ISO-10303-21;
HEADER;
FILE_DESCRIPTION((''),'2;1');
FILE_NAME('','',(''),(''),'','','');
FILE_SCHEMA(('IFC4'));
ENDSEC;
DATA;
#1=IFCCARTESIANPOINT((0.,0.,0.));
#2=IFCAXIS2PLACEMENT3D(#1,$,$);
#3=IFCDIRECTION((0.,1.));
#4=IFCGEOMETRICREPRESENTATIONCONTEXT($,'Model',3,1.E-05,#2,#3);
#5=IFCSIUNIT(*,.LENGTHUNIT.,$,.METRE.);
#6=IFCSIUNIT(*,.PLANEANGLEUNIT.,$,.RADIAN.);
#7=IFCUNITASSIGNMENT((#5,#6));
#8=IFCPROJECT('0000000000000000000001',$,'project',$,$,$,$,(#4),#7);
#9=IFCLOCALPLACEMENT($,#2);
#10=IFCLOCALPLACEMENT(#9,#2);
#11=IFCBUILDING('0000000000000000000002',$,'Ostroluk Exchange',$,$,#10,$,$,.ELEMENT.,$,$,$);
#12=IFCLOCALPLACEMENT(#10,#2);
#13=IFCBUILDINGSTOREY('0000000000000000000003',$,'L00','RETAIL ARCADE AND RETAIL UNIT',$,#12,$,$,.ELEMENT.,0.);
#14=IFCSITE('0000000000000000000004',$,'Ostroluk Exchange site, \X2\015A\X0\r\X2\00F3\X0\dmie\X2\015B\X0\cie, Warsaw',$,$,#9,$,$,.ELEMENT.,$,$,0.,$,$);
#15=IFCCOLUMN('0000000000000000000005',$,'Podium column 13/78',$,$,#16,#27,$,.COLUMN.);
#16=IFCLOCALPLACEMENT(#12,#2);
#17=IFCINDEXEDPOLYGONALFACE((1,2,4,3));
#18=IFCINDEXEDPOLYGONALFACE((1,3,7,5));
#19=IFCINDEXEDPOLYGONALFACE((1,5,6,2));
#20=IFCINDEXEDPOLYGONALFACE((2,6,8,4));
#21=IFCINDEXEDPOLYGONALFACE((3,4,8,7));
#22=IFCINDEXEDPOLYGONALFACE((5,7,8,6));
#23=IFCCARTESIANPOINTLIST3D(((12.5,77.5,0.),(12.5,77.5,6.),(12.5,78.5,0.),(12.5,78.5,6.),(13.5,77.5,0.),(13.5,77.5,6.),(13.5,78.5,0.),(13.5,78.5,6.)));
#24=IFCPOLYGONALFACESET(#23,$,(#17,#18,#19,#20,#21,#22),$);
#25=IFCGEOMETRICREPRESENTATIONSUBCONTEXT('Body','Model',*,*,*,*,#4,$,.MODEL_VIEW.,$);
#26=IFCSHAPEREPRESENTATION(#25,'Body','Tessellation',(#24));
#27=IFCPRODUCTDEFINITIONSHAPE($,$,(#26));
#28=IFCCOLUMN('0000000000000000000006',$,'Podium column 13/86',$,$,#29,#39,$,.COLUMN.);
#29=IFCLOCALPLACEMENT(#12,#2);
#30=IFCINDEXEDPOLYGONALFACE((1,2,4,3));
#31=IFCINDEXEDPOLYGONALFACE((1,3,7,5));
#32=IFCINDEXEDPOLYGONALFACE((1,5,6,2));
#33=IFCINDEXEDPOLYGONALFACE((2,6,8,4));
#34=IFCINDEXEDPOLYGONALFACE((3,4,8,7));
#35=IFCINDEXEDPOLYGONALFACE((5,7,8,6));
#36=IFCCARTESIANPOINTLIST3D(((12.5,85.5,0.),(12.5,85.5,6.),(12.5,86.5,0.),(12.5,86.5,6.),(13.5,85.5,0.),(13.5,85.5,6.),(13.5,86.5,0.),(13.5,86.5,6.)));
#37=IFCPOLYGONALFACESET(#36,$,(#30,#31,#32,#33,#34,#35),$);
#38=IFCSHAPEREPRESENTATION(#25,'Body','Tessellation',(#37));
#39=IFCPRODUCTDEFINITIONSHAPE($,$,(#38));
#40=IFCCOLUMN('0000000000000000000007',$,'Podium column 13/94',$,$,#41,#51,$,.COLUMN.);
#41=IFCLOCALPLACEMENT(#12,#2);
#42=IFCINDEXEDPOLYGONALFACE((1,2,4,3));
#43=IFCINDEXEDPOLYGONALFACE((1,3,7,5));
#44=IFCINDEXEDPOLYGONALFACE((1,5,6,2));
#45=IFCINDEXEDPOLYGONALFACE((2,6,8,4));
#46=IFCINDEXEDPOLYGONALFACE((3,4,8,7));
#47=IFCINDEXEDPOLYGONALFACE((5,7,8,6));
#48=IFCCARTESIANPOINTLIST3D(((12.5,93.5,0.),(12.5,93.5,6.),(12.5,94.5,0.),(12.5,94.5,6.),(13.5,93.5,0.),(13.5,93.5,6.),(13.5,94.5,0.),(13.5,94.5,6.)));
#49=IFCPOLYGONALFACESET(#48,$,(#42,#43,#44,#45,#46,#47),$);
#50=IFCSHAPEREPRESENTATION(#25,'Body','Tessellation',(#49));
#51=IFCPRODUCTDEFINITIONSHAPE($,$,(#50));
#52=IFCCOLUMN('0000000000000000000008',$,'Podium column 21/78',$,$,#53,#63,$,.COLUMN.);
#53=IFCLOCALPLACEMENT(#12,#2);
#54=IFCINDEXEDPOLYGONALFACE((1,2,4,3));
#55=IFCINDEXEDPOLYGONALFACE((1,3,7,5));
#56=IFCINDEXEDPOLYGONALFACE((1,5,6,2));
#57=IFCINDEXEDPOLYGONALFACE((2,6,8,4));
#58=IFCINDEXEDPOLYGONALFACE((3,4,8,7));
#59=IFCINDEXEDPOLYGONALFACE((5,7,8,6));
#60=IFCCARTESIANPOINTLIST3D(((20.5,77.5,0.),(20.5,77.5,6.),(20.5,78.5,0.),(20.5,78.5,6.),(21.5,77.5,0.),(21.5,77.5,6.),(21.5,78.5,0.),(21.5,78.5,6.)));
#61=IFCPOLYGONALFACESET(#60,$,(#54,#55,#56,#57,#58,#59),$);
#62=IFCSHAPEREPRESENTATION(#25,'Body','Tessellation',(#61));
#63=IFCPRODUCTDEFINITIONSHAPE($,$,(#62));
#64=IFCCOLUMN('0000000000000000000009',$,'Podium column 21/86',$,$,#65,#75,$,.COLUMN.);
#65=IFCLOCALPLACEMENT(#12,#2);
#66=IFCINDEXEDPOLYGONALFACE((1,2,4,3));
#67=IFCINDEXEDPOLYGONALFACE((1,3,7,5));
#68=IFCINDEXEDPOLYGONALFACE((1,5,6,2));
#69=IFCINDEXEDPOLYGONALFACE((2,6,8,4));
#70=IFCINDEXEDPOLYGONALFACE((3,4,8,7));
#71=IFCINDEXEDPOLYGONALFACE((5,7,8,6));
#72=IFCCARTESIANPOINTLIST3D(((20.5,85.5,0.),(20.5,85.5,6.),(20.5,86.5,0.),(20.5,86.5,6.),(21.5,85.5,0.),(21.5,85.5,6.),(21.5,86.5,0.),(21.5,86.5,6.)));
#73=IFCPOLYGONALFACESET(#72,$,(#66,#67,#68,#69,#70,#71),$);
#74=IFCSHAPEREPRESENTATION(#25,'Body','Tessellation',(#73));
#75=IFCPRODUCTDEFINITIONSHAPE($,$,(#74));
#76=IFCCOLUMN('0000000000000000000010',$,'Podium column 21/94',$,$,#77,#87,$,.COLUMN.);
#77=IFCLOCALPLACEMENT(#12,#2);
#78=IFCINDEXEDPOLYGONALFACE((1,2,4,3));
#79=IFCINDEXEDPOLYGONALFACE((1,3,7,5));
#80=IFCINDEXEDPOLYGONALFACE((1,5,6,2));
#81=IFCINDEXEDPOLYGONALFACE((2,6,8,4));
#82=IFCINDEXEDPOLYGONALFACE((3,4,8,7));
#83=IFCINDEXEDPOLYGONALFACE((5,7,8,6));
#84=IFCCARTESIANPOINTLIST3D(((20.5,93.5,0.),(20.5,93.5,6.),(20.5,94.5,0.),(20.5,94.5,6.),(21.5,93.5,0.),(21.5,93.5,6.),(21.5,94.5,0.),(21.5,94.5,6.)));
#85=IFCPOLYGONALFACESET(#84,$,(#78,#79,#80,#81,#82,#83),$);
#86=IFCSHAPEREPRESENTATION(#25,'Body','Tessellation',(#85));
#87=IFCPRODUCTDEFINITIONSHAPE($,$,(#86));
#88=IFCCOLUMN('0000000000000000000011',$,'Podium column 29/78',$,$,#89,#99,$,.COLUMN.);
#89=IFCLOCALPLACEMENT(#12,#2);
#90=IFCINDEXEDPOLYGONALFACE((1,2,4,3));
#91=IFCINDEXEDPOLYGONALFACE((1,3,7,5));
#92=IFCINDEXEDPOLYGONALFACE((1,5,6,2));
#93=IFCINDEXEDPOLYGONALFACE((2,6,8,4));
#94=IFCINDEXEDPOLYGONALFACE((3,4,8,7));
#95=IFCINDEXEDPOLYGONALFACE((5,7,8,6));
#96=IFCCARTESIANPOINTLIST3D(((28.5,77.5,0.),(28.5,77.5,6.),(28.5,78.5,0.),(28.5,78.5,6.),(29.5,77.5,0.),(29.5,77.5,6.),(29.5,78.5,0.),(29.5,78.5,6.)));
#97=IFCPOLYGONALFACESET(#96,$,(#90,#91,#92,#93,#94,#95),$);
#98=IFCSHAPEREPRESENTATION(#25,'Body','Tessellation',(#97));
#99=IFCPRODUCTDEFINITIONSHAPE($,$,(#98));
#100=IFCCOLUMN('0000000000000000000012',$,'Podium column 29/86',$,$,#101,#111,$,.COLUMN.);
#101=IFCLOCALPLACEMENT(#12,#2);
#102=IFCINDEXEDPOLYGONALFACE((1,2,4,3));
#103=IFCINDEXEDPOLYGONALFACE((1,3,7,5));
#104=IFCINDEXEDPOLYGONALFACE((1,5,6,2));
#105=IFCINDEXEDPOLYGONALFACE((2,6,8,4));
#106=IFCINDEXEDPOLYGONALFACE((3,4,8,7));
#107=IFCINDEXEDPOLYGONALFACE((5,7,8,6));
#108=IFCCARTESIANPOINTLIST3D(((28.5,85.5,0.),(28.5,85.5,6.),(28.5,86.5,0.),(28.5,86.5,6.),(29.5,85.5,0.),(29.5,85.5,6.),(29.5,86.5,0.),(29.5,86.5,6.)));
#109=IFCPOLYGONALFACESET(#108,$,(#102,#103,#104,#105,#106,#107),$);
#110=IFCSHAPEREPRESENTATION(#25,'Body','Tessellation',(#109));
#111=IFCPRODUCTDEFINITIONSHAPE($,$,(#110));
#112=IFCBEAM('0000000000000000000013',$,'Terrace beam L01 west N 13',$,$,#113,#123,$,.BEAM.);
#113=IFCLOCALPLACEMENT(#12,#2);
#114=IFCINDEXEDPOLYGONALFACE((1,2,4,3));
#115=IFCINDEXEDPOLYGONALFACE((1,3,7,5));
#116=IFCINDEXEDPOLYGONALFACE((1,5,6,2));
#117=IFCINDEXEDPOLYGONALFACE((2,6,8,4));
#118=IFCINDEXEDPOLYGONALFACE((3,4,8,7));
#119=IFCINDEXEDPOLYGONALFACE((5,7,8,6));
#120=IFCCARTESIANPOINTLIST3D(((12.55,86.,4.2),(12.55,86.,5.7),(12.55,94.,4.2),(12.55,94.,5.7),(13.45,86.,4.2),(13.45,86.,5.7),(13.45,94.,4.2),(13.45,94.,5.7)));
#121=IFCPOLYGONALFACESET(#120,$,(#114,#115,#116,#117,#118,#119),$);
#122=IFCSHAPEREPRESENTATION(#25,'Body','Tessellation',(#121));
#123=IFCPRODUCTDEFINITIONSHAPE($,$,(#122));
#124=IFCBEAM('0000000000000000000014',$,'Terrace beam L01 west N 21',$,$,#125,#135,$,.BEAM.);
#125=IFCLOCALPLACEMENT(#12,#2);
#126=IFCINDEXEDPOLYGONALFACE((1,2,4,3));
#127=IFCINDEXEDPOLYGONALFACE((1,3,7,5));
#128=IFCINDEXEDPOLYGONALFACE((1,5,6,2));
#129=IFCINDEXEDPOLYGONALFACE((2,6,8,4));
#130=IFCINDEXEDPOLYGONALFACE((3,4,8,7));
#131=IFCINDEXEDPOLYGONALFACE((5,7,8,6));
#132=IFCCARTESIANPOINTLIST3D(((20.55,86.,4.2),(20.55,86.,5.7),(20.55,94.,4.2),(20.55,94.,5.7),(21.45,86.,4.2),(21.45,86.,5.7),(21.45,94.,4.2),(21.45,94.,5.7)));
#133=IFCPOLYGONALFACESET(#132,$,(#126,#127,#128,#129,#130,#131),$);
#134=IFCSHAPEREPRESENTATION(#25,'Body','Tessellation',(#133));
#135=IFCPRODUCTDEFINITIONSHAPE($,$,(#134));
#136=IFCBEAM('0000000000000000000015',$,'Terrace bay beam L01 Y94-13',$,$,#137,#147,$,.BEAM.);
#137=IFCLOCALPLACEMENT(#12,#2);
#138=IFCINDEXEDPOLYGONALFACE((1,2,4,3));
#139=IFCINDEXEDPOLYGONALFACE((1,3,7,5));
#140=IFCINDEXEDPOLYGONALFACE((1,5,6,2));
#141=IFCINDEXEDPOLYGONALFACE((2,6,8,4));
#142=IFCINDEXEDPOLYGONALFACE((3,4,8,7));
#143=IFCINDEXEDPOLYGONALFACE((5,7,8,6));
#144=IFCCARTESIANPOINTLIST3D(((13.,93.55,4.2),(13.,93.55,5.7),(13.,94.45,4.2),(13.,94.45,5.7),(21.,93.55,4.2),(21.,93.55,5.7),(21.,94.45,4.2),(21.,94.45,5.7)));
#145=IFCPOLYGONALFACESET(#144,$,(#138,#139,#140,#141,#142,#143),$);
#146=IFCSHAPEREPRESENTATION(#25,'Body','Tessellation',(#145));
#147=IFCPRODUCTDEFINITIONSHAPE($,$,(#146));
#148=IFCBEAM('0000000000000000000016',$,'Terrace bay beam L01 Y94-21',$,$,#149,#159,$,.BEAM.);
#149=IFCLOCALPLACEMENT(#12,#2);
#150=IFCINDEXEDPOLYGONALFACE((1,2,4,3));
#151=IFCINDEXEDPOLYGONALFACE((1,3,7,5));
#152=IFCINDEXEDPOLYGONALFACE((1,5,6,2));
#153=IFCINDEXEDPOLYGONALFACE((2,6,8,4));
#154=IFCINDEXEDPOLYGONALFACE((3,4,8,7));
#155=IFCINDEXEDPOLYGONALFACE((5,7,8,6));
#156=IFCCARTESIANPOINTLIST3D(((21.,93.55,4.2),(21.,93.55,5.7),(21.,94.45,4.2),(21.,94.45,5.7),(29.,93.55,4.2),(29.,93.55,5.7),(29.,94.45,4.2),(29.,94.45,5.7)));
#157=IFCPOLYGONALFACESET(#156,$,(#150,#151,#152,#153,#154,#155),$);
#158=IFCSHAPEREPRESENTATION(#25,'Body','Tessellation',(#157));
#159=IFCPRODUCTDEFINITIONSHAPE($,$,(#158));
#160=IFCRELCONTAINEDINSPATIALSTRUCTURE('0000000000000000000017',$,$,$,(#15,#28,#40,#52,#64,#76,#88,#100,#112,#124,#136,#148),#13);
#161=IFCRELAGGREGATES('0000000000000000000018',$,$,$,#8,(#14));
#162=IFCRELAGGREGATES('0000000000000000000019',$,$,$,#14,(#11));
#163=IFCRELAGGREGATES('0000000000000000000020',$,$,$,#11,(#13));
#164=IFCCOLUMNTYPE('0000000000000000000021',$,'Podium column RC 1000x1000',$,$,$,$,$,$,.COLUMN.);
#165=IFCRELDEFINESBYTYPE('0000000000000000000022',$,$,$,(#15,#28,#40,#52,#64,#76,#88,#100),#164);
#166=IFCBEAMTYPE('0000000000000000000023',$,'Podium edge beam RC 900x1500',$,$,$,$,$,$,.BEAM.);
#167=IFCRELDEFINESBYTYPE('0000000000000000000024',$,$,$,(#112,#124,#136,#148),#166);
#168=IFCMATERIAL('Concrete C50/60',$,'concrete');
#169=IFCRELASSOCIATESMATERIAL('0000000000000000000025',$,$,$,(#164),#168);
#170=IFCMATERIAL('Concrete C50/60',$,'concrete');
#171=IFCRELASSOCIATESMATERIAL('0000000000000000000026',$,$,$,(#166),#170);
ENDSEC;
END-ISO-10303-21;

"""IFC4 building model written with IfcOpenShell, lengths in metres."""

from ifc_helpers import new_model, si_unit, direction, frame, origin, origin_2d, place, context, subcontext, project, spatial, rectangle, extrude, material, material_profile, profile_set, type_object, element, save


model = new_model("IFC4")

# Units and contexts
model_context = context("Model", 3, precision=1e-05, world=origin(), true_north=direction((0.0, 1.0)))
body_context = subcontext(model_context, "Body", "Model", "MODEL_VIEW")
ifc_project = project(units=[si_unit("LENGTHUNIT", "METRE"), si_unit("PLANEANGLEUNIT", "RADIAN")], contexts=[model_context])

# Site, building, storey
site_placement = place(None, origin())
site = spatial("IfcSite", under=ifc_project, at=site_placement, Name="Ostroluk Exchange site, Śródmieście, Warsaw", CompositionType="ELEMENT", RefElevation=0.0)
building_placement = place(site_placement, origin())
building = spatial("IfcBuilding", under=site, at=building_placement, Name="Ostroluk Exchange", CompositionType="ELEMENT")
storey_placement = place(building_placement, origin())
storey = spatial("IfcBuildingStorey", under=building, at=storey_placement, Name="L00", Description="RETAIL ARCADE AND RETAIL UNIT", CompositionType="ELEMENT", Elevation=0.0)

# Columns
ifc_material_1 = material(Name="Concrete C50/60", Category="concrete")
ifc_material_profile_1 = material_profile(ifc_material_1, rectangle(XDim=1.0, YDim=1.0, at=origin_2d()), Name="RC 1000x1000")
ifc_profile_set_1 = profile_set([ifc_material_profile_1], Name="Concrete C50/60")
column_type = type_object("IfcColumnType", Name="Podium column RC 1000x1000", PredefinedType="COLUMN", material=ifc_profile_set_1)
for number, where, z_axis, x_axis, name in (
    (1, (13.0, 78.0, 0.0), (0.0, 0.0, 1.0), (1.0, 0.0, 0.0), "Podium column 13/78"),
    (2, (13.0, 86.0, 0.0), (0.0, 0.0, 1.0), (1.0, 0.0, 0.0), "Podium column 13/86"),
    (3, (13.0, 94.0, 0.0), (0.0, 0.0, 1.0), (1.0, 0.0, 0.0), "Podium column 13/94"),
    (4, (21.0, 78.0, 0.0), (0.0, 0.0, 1.0), (1.0, 0.0, 0.0), "Podium column 21/78"),
    (5, (21.0, 86.0, 0.0), (0.0, 0.0, 1.0), (1.0, 0.0, 0.0), "Podium column 21/86"),
    (6, (21.0, 94.0, 0.0), (0.0, 0.0, 1.0), (1.0, 0.0, 0.0), "Podium column 21/94"),
    (7, (29.0, 78.0, 0.0), (0.0, 0.0, 1.0), (1.0, 0.0, 0.0), "Podium column 29/78"),
    (8, (29.0, 86.0, 0.0), (0.0, 0.0, 1.0), (1.0, 0.0, 0.0), "Podium column 29/86"),
):
    element("IfcColumn", number, at=place(storey_placement, frame(where, z_axis=z_axis, x_axis=x_axis)), inside=storey, type_object=column_type, Name=name, PredefinedType="COLUMN", context=body_context, shape_type="SweptSolid", body=[
        extrude(rectangle(XDim=1.0, YDim=1.0, at=origin_2d()), origin(), (0.0, 0.0, 1.0), 6.0),
    ])

# Beams
ifc_material_2 = material(Name="Concrete C50/60", Category="concrete")
ifc_material_profile_2 = material_profile(ifc_material_2, rectangle(XDim=0.8999, YDim=1.5, at=origin_2d()), Name="RC 900x1500")
ifc_profile_set_2 = profile_set([ifc_material_profile_2], Name="Concrete C50/60")
beam_type = type_object("IfcBeamType", Name="Podium edge beam RC 900x1500", PredefinedType="BEAM", material=ifc_profile_set_2)
for number, where, z_axis, x_axis, name in (
    (9, (13.0, 94.0, 4.95), (0.0, -1.0, 0.0), (1.0, 0.0, 0.0), "Terrace beam L01 west N 13"),
    (10, (21.0, 94.0, 4.95), (0.0, -1.0, 0.0), (1.0, 0.0, 0.0), "Terrace beam L01 west N 21"),
    (11, (13.0, 94.0, 4.95), (1.0, 0.0, 0.0), (0.0, 1.0, 0.0), "Terrace bay beam L01 Y94-13"),
    (12, (21.0, 94.0, 4.95), (1.0, 0.0, 0.0), (0.0, 1.0, 0.0), "Terrace bay beam L01 Y94-21"),
):
    element("IfcBeam", number, at=place(storey_placement, frame(where, z_axis=z_axis, x_axis=x_axis)), inside=storey, type_object=beam_type, Name=name, PredefinedType="BEAM", context=body_context, shape_type="SweptSolid", body=[
        extrude(rectangle(XDim=0.8999, YDim=1.5, at=origin_2d()), origin(), (0.0, 0.0, 1.0), 8.0),
    ])

save(model, "model.ifc")
